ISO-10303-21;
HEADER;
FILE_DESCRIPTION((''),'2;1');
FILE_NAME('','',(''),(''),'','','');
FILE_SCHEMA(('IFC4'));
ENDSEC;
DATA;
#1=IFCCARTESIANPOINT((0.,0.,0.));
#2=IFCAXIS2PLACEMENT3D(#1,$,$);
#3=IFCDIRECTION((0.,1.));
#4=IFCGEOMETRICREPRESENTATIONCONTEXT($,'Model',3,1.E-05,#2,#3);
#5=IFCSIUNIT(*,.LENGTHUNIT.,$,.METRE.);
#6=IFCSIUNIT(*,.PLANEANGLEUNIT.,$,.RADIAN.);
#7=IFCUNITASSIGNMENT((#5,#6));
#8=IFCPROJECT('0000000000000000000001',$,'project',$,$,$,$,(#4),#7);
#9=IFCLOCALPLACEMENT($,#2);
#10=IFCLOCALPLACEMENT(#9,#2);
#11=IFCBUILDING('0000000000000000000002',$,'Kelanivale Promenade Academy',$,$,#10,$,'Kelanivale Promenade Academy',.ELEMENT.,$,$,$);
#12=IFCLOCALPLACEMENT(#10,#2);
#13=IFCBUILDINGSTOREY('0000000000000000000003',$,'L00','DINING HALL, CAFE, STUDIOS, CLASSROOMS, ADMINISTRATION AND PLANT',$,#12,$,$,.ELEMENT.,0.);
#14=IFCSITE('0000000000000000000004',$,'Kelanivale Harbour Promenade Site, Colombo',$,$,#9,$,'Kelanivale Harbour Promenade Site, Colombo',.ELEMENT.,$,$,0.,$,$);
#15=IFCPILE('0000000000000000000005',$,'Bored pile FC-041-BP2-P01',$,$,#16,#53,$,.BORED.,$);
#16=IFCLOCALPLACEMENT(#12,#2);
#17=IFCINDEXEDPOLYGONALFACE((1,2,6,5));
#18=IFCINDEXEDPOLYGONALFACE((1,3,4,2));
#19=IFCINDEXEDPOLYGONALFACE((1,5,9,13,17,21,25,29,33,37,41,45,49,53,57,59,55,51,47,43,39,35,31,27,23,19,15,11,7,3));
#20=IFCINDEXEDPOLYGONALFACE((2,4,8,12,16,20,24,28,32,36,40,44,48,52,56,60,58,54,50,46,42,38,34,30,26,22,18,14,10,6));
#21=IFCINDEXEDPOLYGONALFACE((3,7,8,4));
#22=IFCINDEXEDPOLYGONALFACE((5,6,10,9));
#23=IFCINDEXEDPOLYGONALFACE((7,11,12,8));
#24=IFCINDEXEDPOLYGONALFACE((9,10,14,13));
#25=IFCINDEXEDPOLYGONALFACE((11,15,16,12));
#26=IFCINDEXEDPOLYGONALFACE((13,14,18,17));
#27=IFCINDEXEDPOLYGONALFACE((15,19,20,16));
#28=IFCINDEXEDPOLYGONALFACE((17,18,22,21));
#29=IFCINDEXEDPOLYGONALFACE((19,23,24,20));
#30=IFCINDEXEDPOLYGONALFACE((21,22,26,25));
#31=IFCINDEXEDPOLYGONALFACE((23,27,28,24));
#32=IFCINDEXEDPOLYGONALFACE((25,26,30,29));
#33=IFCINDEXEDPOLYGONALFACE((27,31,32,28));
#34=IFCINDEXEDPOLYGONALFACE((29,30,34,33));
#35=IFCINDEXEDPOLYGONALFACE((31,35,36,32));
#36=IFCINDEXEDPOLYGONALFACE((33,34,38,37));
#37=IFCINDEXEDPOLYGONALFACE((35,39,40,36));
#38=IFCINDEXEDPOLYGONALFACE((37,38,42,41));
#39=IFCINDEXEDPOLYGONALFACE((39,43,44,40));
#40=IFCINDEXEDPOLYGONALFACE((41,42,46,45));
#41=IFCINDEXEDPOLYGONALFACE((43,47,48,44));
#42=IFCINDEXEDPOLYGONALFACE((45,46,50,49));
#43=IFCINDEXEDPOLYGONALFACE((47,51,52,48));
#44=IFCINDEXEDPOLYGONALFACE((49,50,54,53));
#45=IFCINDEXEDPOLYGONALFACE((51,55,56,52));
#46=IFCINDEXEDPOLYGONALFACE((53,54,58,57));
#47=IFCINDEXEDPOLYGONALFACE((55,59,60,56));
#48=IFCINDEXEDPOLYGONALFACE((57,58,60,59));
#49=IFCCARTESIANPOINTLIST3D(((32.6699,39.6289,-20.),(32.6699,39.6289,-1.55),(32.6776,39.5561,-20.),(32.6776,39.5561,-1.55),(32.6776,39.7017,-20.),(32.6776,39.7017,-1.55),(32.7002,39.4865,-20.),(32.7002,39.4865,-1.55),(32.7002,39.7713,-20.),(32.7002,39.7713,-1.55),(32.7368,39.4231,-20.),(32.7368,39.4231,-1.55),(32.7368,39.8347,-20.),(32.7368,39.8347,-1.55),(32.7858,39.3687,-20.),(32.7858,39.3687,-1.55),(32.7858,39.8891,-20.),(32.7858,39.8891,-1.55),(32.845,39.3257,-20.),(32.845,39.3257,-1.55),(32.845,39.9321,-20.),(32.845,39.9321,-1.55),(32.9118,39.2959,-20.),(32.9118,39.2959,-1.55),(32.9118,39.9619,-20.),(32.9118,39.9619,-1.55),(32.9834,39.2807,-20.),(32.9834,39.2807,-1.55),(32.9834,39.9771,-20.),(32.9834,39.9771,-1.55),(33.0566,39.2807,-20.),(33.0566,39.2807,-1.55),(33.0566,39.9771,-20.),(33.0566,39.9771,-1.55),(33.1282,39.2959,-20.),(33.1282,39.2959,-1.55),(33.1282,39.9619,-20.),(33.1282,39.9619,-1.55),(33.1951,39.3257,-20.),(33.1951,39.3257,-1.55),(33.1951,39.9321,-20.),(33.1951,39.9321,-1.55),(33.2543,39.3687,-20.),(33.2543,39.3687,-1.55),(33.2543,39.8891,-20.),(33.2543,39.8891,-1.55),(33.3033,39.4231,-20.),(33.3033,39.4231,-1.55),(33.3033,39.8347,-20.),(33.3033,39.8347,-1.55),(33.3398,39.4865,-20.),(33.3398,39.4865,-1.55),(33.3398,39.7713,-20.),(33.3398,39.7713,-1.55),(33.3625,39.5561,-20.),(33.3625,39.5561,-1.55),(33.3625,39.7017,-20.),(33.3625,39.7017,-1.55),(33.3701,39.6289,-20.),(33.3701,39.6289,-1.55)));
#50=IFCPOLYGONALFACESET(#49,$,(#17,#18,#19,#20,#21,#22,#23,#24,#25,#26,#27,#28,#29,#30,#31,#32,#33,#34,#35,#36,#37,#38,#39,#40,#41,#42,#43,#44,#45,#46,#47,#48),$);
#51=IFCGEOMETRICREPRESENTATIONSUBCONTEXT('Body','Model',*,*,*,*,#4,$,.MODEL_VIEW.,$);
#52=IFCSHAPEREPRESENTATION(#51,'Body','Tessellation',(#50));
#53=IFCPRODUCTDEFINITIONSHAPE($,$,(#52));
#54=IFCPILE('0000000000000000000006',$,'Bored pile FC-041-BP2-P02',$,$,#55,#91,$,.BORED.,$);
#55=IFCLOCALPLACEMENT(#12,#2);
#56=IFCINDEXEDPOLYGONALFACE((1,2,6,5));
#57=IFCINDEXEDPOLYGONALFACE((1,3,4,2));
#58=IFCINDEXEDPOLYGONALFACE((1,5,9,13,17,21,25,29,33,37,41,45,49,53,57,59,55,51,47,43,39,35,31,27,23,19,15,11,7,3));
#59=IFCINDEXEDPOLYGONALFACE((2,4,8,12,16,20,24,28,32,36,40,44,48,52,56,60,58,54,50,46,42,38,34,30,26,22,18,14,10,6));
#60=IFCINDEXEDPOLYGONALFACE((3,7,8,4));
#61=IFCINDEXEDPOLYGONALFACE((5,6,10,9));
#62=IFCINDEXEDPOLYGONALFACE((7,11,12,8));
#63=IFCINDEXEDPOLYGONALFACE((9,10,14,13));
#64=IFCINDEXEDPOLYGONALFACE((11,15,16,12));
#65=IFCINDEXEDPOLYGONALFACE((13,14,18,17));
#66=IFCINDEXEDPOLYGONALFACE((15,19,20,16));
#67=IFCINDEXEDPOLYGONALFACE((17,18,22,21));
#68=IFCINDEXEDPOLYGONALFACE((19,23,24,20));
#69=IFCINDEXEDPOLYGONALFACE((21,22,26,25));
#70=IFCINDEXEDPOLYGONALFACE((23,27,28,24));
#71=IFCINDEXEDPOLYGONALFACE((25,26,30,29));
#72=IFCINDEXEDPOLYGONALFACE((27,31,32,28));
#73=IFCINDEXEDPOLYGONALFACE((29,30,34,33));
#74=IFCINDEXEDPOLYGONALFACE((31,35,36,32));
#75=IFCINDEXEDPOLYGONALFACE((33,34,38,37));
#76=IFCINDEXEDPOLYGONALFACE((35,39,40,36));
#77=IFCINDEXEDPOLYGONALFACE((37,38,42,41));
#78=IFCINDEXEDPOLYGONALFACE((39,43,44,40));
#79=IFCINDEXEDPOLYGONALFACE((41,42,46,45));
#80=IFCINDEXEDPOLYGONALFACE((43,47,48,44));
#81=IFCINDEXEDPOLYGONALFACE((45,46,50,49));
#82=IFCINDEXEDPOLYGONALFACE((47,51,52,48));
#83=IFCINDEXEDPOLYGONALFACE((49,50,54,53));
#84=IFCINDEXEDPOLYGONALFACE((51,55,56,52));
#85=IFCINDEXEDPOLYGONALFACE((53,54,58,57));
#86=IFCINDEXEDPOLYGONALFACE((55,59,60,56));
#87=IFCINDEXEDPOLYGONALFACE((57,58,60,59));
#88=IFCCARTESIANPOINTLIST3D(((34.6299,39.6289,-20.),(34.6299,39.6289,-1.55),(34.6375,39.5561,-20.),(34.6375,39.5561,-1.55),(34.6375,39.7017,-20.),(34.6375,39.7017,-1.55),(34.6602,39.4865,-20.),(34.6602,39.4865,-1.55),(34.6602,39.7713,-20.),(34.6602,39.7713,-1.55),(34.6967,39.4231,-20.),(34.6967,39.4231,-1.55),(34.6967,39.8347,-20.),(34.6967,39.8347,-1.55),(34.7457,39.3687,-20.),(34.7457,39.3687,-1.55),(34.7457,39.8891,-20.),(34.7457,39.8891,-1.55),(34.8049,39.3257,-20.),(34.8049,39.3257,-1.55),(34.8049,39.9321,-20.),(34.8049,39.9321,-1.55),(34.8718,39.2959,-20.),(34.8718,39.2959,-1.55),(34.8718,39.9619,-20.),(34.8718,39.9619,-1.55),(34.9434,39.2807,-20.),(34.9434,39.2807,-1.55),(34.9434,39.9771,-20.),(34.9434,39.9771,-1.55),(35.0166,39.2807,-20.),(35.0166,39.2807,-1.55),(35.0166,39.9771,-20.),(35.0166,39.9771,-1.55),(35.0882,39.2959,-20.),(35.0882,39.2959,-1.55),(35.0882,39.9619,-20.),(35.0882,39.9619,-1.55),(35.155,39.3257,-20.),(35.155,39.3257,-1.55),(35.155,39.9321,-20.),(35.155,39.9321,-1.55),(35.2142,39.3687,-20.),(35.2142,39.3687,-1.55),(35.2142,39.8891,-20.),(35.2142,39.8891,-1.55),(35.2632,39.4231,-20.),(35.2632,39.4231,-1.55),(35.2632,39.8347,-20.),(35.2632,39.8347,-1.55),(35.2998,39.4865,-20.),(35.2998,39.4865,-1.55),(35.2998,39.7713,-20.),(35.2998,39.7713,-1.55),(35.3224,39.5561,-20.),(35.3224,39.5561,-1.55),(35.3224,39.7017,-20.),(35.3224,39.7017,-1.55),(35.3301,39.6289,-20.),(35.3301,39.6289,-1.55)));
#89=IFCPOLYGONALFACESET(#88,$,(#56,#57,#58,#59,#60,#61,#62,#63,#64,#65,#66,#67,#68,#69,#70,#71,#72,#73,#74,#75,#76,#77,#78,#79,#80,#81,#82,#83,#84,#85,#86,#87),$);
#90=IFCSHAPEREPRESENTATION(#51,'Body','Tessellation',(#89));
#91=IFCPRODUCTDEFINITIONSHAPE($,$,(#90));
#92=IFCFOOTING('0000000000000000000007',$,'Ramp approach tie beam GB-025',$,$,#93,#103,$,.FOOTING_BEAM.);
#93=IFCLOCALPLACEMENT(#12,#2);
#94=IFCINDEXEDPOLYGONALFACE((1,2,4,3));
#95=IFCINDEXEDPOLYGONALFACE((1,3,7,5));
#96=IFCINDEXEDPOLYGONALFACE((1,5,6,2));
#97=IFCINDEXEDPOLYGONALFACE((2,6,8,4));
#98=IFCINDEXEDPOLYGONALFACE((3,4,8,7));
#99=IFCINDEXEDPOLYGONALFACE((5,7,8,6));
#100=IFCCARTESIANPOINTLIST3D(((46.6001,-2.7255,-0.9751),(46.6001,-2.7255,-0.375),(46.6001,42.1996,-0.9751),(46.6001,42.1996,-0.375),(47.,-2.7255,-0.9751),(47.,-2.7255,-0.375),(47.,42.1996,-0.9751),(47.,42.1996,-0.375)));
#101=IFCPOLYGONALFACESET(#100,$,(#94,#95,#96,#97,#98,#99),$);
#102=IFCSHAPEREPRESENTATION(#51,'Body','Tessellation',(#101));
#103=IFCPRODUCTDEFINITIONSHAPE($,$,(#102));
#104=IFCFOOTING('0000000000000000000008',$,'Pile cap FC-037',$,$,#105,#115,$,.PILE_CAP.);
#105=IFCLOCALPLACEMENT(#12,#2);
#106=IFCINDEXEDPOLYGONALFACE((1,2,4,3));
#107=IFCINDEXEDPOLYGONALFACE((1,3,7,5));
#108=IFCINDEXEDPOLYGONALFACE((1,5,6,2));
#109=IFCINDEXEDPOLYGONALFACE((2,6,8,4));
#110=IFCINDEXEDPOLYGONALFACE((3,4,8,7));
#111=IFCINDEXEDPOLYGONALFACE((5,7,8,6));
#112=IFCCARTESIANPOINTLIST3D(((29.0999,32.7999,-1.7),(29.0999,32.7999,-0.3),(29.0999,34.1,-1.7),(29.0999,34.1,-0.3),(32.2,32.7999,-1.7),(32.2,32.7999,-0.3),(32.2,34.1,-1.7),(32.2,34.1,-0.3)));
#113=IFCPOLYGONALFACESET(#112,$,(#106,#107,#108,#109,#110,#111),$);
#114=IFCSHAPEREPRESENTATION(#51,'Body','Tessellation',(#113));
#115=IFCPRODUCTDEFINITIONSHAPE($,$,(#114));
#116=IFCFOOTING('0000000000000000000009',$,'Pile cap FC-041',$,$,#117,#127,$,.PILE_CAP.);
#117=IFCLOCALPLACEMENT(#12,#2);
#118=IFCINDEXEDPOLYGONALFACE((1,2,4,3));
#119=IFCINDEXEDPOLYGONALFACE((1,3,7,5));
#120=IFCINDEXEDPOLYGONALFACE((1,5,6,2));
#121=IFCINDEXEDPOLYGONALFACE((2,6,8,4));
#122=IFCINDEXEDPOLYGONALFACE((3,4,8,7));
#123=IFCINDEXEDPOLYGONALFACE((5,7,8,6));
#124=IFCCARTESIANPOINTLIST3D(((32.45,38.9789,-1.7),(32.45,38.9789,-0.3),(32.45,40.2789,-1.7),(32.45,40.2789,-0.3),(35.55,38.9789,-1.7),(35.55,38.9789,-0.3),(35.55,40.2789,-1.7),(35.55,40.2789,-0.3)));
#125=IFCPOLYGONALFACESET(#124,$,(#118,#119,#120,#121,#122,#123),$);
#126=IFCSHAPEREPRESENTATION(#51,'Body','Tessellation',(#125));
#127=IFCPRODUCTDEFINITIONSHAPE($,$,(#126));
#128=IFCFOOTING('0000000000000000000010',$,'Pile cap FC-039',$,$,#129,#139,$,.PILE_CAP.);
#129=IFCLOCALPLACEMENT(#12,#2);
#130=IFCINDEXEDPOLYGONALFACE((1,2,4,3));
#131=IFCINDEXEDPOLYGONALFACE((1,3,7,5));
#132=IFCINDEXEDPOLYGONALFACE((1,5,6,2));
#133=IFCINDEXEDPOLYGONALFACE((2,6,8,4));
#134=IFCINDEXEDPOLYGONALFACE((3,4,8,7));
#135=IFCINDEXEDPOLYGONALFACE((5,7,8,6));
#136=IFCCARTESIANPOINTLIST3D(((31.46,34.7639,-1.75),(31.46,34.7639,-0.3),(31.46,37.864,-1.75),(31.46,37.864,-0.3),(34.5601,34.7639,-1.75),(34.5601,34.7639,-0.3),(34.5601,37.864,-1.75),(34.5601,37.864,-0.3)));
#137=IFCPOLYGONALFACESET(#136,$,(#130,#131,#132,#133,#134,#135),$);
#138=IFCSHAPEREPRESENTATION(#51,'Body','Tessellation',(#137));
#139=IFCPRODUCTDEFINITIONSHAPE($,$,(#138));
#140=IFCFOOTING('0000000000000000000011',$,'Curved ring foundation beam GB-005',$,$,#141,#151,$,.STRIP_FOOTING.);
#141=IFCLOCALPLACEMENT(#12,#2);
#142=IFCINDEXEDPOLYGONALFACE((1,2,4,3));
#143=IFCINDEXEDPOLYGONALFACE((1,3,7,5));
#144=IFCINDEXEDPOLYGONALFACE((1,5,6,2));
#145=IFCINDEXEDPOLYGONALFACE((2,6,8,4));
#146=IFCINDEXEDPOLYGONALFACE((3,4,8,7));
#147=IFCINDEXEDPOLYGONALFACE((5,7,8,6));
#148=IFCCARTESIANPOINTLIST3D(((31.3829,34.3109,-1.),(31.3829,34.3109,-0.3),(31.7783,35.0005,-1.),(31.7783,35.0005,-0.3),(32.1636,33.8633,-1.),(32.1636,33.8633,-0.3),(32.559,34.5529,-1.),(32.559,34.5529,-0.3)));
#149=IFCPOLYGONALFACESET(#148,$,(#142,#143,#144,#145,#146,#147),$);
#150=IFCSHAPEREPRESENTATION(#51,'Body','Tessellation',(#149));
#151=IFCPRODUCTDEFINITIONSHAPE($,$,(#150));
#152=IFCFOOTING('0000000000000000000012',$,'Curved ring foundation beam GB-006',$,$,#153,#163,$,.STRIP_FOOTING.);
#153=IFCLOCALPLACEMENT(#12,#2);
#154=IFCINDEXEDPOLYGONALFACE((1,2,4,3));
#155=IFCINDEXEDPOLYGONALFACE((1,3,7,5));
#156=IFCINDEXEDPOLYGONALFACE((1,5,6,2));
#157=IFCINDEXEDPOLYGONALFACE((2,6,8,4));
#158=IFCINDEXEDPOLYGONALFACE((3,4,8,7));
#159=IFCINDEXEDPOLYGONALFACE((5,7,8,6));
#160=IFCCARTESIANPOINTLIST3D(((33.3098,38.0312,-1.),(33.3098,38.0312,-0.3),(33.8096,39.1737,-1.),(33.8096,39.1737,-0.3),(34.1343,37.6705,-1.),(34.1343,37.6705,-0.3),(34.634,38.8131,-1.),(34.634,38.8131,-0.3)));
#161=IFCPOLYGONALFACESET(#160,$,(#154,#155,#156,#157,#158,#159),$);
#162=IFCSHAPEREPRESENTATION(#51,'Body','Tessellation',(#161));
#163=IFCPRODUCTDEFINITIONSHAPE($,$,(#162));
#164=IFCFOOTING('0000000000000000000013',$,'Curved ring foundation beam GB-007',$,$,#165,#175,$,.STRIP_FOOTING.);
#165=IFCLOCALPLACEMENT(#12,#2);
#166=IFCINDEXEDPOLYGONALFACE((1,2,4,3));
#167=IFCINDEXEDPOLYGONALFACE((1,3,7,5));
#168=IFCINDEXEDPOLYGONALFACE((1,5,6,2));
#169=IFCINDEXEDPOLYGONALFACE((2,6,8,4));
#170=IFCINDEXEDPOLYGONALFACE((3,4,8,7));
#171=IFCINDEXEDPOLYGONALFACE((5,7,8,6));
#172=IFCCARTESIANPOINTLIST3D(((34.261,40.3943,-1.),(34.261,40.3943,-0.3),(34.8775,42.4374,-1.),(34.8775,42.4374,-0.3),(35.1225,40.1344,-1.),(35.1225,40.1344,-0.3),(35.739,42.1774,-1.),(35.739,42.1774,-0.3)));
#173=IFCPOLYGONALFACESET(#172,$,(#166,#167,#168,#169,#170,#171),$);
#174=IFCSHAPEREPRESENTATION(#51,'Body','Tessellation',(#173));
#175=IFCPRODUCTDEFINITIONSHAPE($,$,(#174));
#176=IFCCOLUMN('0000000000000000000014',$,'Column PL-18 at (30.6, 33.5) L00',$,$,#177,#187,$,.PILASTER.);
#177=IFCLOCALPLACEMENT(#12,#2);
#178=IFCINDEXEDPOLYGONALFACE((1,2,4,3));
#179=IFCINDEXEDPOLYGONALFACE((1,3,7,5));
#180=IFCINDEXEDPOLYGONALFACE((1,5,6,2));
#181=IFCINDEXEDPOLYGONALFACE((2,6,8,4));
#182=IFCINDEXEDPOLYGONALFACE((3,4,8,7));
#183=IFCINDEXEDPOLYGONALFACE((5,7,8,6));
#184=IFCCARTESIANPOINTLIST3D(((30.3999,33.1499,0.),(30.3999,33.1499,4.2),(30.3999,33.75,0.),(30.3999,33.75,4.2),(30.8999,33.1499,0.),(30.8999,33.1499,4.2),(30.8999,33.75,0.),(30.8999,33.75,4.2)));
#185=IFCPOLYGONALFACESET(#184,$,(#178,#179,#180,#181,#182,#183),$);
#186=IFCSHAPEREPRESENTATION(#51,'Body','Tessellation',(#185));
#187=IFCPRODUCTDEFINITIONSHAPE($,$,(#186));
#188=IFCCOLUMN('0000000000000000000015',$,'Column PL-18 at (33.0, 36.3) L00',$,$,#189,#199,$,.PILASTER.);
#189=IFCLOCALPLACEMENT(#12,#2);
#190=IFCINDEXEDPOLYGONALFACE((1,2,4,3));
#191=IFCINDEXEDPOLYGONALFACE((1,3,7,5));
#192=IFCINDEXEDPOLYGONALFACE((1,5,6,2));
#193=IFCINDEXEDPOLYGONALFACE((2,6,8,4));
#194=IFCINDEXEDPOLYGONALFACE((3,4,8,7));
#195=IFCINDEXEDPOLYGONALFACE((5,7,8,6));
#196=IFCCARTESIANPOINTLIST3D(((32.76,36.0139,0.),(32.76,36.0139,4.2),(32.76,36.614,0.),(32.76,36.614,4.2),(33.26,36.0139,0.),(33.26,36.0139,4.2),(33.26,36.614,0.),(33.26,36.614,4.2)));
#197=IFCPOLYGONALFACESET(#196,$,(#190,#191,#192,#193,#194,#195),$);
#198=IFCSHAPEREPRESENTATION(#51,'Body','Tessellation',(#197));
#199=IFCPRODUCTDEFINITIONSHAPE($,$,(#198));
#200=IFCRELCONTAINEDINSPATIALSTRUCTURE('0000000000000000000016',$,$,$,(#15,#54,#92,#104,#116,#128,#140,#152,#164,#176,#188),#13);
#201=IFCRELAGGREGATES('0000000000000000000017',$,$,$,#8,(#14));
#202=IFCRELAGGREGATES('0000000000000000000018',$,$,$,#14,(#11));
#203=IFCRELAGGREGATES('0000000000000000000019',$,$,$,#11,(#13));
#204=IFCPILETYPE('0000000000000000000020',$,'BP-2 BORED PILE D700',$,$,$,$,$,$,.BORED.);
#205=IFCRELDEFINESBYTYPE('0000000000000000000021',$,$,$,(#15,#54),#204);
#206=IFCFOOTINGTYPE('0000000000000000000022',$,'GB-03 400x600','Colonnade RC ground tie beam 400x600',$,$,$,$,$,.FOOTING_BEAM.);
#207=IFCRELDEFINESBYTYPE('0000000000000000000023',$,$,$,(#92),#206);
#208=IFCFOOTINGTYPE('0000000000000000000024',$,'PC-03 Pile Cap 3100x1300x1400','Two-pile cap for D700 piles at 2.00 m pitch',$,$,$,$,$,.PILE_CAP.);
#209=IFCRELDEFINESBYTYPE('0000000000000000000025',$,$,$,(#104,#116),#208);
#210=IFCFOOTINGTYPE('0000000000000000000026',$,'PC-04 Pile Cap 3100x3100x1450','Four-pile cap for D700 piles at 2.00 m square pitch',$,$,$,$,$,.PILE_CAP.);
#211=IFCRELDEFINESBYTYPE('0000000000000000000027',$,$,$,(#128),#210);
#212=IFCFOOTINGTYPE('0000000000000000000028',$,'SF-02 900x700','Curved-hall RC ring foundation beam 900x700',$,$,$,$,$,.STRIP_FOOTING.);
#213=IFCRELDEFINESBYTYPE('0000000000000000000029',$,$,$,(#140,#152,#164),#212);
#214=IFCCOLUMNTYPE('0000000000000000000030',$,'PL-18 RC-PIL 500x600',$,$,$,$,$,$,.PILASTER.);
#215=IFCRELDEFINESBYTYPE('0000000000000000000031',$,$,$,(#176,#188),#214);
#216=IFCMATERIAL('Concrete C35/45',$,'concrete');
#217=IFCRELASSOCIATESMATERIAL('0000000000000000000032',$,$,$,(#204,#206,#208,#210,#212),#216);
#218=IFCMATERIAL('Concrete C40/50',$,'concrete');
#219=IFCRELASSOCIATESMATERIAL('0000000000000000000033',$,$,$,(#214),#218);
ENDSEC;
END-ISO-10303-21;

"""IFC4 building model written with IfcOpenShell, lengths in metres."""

from ifc_helpers import new_model, si_unit, direction, frame, origin, origin_2d, place, context, subcontext, project, spatial, rectangle, circle, extrude, material, material_profile, profile_set, type_object, element, save


model = new_model("IFC4")

# Units and contexts
model_context = context("Model", 3, precision=1e-05, world=origin(), true_north=direction((0.0, 1.0)))
body_context = subcontext(model_context, "Body", "Model", "MODEL_VIEW")
ifc_project = project(units=[si_unit("LENGTHUNIT", "METRE"), si_unit("PLANEANGLEUNIT", "RADIAN")], contexts=[model_context])

# Site, building, storey
site_placement = place(None, origin())
site = spatial("IfcSite", under=ifc_project, at=site_placement, Name="Kelanivale Harbour Promenade Site, Colombo", LongName="Kelanivale Harbour Promenade Site, Colombo", CompositionType="ELEMENT", RefElevation=0.0)
building_placement = place(site_placement, origin())
building = spatial("IfcBuilding", under=site, at=building_placement, Name="Kelanivale Promenade Academy", LongName="Kelanivale Promenade Academy", CompositionType="ELEMENT")
storey_placement = place(building_placement, origin())
storey = spatial("IfcBuildingStorey", under=building, at=storey_placement, Name="L00", Description="DINING HALL, CAFE, STUDIOS, CLASSROOMS, ADMINISTRATION AND PLANT", CompositionType="ELEMENT", Elevation=0.0)

# Piles
ifc_material_1 = material(Name="Concrete C35/45", Category="concrete")
ifc_material_profile_1 = material_profile(ifc_material_1, circle(Radius=0.3501, at=origin_2d()), Name="BORED PILE D700")
ifc_profile_set_1 = profile_set([ifc_material_profile_1], Name="Concrete C35/45")
pile_type = type_object("IfcPileType", Name="BP-2 BORED PILE D700", PredefinedType="BORED", material=ifc_profile_set_1)
for number, where, z_axis, x_axis, name in (
    (1, (33.02, 39.6289, -1.55), (0.0, 0.0, -1.0), (1.0, 0.0, 0.0), "Bored pile FC-041-BP2-P01"),
    (2, (34.98, 39.6289, -1.55), (0.0, 0.0, -1.0), (1.0, 0.0, 0.0), "Bored pile FC-041-BP2-P02"),
):
    element("IfcPile", number, at=place(storey_placement, frame(where, z_axis=z_axis, x_axis=x_axis)), inside=storey, type_object=pile_type, Name=name, PredefinedType="BORED", context=body_context, shape_type="SweptSolid", body=[
        extrude(circle(Radius=0.3501, at=origin_2d()), origin(), (0.0, 0.0, 1.0), 18.45),
    ])

# Footings
footing_type_1 = type_object("IfcFootingType", Name="GB-03 400x600", Description="Colonnade RC ground tie beam 400x600", PredefinedType="FOOTING_BEAM", material=ifc_material_1)
footing_1_placement = place(storey_placement, frame((46.8, 19.7371, -0.9751), z_axis=(0.0, 0.0, 1.0), x_axis=(0.0, 1.0, 0.0)))
element("IfcFooting", 3, at=footing_1_placement, inside=storey, type_object=footing_type_1, Name="Ramp approach tie beam GB-025", PredefinedType="FOOTING_BEAM", context=body_context, shape_type="SweptSolid", body=[
    extrude(rectangle(XDim=44.925, YDim=0.3999, at=origin_2d()), origin(), (0.0, 0.0, 1.0), 0.6001),
])
footing_type_2 = type_object("IfcFootingType", Name="PC-03 Pile Cap 3100x1300x1400", Description="Two-pile cap for D700 piles at 2.00 m pitch", PredefinedType="PILE_CAP", material=ifc_material_1)
for number, where, z_axis, x_axis, name in (
    (4, (30.6499, 33.45, -1.7), (0.0, 0.0, 1.0), (1.0, 0.0, 0.0), "Pile cap FC-037"),
    (5, (34.0, 39.6289, -1.7), (0.0, 0.0, 1.0), (1.0, 0.0, 0.0), "Pile cap FC-041"),
):
    element("IfcFooting", number, at=place(storey_placement, frame(where, z_axis=z_axis, x_axis=x_axis)), inside=storey, type_object=footing_type_2, Name=name, PredefinedType="PILE_CAP", context=body_context, shape_type="SweptSolid", body=[
        extrude(rectangle(XDim=3.1001, YDim=1.3, at=origin_2d()), origin(), (0.0, 0.0, 1.0), 1.3999),
    ])
footing_type_3 = type_object("IfcFootingType", Name="PC-04 Pile Cap 3100x3100x1450", Description="Four-pile cap for D700 piles at 2.00 m square pitch", PredefinedType="PILE_CAP", material=ifc_material_1)
footing_2_placement = place(storey_placement, frame((33.01, 36.314, -1.75), z_axis=(0.0, 0.0, 1.0), x_axis=(1.0, 0.0, 0.0)))
element("IfcFooting", 6, at=footing_2_placement, inside=storey, type_object=footing_type_3, Name="Pile cap FC-039", PredefinedType="PILE_CAP", context=body_context, shape_type="SweptSolid", body=[
    extrude(rectangle(XDim=3.1001, YDim=3.1001, at=origin_2d()), origin(), (0.0, 0.0, 1.0), 1.45),
])
footing_type_4 = type_object("IfcFootingType", Name="SF-02 900x700", Description="Curved-hall RC ring foundation beam 900x700", PredefinedType="STRIP_FOOTING", material=ifc_material_1)
footing_3_placement = place(storey_placement, frame((31.9709, 34.4319, -1.0), z_axis=(0.0, 0.0, 1.0), x_axis=(0.497383, 0.867531, 0.0)))
element("IfcFooting", 7, at=footing_3_placement, inside=storey, type_object=footing_type_4, Name="Curved ring foundation beam GB-005", PredefinedType="STRIP_FOOTING", context=body_context, shape_type="SweptSolid", body=[
    extrude(rectangle(XDim=0.7949, YDim=0.8999, at=origin_2d()), origin(), (0.0, 0.0, 1.0), 0.7),
])
footing_4_placement = place(storey_placement, frame((33.9719, 38.4221, -1.0), z_axis=(0.0, 0.0, 1.0), x_axis=(0.400749, 0.916188, 0.0)))
element("IfcFooting", 8, at=footing_4_placement, inside=storey, type_object=footing_type_4, Name="Curved ring foundation beam GB-006", PredefinedType="STRIP_FOOTING", context=body_context, shape_type="SweptSolid", body=[
    extrude(rectangle(XDim=1.2471, YDim=0.8999, at=origin_2d()), origin(), (0.0, 0.0, 1.0), 0.7),
])
footing_5_placement = place(storey_placement, frame((35.0, 41.2859, -1.0), z_axis=(0.0, 0.0, 1.0), x_axis=(0.288881, 0.957365, 0.0)))
element("IfcFooting", 9, at=footing_5_placement, inside=storey, type_object=footing_type_4, Name="Curved ring foundation beam GB-007", PredefinedType="STRIP_FOOTING", context=body_context, shape_type="SweptSolid", body=[
    extrude(rectangle(XDim=2.134, YDim=0.8999, at=origin_2d()), origin(), (0.0, 0.0, 1.0), 0.7),
])

# Columns
ifc_material_2 = material(Name="Concrete C40/50", Category="concrete")
ifc_material_profile_2 = material_profile(ifc_material_2, rectangle(XDim=0.5, YDim=0.6001, at=origin_2d()), Name="RC-PIL 500x600")
ifc_profile_set_2 = profile_set([ifc_material_profile_2], Name="Concrete C40/50")
column_type = type_object("IfcColumnType", Name="PL-18 RC-PIL 500x600", PredefinedType="PILASTER", material=ifc_profile_set_2)
for number, where, z_axis, x_axis, name in (
    (10, (30.6499, 33.45, 0.0), (0.0, 0.0, 1.0), (1.0, 0.0, 0.0), "Column PL-18 at (30.6, 33.5) L00"),
    (11, (33.01, 36.314, 0.0), (0.0, 0.0, 1.0), (1.0, 0.0, 0.0), "Column PL-18 at (33.0, 36.3) L00"),
):
    element("IfcColumn", number, at=place(storey_placement, frame(where, z_axis=z_axis, x_axis=x_axis)), inside=storey, type_object=column_type, Name=name, PredefinedType="PILASTER", context=body_context, shape_type="SweptSolid", body=[
        extrude(rectangle(XDim=0.5, YDim=0.6001, at=origin_2d()), origin(), (0.0, 0.0, 1.0), 4.2),
    ])

save(model, "model.ifc")
